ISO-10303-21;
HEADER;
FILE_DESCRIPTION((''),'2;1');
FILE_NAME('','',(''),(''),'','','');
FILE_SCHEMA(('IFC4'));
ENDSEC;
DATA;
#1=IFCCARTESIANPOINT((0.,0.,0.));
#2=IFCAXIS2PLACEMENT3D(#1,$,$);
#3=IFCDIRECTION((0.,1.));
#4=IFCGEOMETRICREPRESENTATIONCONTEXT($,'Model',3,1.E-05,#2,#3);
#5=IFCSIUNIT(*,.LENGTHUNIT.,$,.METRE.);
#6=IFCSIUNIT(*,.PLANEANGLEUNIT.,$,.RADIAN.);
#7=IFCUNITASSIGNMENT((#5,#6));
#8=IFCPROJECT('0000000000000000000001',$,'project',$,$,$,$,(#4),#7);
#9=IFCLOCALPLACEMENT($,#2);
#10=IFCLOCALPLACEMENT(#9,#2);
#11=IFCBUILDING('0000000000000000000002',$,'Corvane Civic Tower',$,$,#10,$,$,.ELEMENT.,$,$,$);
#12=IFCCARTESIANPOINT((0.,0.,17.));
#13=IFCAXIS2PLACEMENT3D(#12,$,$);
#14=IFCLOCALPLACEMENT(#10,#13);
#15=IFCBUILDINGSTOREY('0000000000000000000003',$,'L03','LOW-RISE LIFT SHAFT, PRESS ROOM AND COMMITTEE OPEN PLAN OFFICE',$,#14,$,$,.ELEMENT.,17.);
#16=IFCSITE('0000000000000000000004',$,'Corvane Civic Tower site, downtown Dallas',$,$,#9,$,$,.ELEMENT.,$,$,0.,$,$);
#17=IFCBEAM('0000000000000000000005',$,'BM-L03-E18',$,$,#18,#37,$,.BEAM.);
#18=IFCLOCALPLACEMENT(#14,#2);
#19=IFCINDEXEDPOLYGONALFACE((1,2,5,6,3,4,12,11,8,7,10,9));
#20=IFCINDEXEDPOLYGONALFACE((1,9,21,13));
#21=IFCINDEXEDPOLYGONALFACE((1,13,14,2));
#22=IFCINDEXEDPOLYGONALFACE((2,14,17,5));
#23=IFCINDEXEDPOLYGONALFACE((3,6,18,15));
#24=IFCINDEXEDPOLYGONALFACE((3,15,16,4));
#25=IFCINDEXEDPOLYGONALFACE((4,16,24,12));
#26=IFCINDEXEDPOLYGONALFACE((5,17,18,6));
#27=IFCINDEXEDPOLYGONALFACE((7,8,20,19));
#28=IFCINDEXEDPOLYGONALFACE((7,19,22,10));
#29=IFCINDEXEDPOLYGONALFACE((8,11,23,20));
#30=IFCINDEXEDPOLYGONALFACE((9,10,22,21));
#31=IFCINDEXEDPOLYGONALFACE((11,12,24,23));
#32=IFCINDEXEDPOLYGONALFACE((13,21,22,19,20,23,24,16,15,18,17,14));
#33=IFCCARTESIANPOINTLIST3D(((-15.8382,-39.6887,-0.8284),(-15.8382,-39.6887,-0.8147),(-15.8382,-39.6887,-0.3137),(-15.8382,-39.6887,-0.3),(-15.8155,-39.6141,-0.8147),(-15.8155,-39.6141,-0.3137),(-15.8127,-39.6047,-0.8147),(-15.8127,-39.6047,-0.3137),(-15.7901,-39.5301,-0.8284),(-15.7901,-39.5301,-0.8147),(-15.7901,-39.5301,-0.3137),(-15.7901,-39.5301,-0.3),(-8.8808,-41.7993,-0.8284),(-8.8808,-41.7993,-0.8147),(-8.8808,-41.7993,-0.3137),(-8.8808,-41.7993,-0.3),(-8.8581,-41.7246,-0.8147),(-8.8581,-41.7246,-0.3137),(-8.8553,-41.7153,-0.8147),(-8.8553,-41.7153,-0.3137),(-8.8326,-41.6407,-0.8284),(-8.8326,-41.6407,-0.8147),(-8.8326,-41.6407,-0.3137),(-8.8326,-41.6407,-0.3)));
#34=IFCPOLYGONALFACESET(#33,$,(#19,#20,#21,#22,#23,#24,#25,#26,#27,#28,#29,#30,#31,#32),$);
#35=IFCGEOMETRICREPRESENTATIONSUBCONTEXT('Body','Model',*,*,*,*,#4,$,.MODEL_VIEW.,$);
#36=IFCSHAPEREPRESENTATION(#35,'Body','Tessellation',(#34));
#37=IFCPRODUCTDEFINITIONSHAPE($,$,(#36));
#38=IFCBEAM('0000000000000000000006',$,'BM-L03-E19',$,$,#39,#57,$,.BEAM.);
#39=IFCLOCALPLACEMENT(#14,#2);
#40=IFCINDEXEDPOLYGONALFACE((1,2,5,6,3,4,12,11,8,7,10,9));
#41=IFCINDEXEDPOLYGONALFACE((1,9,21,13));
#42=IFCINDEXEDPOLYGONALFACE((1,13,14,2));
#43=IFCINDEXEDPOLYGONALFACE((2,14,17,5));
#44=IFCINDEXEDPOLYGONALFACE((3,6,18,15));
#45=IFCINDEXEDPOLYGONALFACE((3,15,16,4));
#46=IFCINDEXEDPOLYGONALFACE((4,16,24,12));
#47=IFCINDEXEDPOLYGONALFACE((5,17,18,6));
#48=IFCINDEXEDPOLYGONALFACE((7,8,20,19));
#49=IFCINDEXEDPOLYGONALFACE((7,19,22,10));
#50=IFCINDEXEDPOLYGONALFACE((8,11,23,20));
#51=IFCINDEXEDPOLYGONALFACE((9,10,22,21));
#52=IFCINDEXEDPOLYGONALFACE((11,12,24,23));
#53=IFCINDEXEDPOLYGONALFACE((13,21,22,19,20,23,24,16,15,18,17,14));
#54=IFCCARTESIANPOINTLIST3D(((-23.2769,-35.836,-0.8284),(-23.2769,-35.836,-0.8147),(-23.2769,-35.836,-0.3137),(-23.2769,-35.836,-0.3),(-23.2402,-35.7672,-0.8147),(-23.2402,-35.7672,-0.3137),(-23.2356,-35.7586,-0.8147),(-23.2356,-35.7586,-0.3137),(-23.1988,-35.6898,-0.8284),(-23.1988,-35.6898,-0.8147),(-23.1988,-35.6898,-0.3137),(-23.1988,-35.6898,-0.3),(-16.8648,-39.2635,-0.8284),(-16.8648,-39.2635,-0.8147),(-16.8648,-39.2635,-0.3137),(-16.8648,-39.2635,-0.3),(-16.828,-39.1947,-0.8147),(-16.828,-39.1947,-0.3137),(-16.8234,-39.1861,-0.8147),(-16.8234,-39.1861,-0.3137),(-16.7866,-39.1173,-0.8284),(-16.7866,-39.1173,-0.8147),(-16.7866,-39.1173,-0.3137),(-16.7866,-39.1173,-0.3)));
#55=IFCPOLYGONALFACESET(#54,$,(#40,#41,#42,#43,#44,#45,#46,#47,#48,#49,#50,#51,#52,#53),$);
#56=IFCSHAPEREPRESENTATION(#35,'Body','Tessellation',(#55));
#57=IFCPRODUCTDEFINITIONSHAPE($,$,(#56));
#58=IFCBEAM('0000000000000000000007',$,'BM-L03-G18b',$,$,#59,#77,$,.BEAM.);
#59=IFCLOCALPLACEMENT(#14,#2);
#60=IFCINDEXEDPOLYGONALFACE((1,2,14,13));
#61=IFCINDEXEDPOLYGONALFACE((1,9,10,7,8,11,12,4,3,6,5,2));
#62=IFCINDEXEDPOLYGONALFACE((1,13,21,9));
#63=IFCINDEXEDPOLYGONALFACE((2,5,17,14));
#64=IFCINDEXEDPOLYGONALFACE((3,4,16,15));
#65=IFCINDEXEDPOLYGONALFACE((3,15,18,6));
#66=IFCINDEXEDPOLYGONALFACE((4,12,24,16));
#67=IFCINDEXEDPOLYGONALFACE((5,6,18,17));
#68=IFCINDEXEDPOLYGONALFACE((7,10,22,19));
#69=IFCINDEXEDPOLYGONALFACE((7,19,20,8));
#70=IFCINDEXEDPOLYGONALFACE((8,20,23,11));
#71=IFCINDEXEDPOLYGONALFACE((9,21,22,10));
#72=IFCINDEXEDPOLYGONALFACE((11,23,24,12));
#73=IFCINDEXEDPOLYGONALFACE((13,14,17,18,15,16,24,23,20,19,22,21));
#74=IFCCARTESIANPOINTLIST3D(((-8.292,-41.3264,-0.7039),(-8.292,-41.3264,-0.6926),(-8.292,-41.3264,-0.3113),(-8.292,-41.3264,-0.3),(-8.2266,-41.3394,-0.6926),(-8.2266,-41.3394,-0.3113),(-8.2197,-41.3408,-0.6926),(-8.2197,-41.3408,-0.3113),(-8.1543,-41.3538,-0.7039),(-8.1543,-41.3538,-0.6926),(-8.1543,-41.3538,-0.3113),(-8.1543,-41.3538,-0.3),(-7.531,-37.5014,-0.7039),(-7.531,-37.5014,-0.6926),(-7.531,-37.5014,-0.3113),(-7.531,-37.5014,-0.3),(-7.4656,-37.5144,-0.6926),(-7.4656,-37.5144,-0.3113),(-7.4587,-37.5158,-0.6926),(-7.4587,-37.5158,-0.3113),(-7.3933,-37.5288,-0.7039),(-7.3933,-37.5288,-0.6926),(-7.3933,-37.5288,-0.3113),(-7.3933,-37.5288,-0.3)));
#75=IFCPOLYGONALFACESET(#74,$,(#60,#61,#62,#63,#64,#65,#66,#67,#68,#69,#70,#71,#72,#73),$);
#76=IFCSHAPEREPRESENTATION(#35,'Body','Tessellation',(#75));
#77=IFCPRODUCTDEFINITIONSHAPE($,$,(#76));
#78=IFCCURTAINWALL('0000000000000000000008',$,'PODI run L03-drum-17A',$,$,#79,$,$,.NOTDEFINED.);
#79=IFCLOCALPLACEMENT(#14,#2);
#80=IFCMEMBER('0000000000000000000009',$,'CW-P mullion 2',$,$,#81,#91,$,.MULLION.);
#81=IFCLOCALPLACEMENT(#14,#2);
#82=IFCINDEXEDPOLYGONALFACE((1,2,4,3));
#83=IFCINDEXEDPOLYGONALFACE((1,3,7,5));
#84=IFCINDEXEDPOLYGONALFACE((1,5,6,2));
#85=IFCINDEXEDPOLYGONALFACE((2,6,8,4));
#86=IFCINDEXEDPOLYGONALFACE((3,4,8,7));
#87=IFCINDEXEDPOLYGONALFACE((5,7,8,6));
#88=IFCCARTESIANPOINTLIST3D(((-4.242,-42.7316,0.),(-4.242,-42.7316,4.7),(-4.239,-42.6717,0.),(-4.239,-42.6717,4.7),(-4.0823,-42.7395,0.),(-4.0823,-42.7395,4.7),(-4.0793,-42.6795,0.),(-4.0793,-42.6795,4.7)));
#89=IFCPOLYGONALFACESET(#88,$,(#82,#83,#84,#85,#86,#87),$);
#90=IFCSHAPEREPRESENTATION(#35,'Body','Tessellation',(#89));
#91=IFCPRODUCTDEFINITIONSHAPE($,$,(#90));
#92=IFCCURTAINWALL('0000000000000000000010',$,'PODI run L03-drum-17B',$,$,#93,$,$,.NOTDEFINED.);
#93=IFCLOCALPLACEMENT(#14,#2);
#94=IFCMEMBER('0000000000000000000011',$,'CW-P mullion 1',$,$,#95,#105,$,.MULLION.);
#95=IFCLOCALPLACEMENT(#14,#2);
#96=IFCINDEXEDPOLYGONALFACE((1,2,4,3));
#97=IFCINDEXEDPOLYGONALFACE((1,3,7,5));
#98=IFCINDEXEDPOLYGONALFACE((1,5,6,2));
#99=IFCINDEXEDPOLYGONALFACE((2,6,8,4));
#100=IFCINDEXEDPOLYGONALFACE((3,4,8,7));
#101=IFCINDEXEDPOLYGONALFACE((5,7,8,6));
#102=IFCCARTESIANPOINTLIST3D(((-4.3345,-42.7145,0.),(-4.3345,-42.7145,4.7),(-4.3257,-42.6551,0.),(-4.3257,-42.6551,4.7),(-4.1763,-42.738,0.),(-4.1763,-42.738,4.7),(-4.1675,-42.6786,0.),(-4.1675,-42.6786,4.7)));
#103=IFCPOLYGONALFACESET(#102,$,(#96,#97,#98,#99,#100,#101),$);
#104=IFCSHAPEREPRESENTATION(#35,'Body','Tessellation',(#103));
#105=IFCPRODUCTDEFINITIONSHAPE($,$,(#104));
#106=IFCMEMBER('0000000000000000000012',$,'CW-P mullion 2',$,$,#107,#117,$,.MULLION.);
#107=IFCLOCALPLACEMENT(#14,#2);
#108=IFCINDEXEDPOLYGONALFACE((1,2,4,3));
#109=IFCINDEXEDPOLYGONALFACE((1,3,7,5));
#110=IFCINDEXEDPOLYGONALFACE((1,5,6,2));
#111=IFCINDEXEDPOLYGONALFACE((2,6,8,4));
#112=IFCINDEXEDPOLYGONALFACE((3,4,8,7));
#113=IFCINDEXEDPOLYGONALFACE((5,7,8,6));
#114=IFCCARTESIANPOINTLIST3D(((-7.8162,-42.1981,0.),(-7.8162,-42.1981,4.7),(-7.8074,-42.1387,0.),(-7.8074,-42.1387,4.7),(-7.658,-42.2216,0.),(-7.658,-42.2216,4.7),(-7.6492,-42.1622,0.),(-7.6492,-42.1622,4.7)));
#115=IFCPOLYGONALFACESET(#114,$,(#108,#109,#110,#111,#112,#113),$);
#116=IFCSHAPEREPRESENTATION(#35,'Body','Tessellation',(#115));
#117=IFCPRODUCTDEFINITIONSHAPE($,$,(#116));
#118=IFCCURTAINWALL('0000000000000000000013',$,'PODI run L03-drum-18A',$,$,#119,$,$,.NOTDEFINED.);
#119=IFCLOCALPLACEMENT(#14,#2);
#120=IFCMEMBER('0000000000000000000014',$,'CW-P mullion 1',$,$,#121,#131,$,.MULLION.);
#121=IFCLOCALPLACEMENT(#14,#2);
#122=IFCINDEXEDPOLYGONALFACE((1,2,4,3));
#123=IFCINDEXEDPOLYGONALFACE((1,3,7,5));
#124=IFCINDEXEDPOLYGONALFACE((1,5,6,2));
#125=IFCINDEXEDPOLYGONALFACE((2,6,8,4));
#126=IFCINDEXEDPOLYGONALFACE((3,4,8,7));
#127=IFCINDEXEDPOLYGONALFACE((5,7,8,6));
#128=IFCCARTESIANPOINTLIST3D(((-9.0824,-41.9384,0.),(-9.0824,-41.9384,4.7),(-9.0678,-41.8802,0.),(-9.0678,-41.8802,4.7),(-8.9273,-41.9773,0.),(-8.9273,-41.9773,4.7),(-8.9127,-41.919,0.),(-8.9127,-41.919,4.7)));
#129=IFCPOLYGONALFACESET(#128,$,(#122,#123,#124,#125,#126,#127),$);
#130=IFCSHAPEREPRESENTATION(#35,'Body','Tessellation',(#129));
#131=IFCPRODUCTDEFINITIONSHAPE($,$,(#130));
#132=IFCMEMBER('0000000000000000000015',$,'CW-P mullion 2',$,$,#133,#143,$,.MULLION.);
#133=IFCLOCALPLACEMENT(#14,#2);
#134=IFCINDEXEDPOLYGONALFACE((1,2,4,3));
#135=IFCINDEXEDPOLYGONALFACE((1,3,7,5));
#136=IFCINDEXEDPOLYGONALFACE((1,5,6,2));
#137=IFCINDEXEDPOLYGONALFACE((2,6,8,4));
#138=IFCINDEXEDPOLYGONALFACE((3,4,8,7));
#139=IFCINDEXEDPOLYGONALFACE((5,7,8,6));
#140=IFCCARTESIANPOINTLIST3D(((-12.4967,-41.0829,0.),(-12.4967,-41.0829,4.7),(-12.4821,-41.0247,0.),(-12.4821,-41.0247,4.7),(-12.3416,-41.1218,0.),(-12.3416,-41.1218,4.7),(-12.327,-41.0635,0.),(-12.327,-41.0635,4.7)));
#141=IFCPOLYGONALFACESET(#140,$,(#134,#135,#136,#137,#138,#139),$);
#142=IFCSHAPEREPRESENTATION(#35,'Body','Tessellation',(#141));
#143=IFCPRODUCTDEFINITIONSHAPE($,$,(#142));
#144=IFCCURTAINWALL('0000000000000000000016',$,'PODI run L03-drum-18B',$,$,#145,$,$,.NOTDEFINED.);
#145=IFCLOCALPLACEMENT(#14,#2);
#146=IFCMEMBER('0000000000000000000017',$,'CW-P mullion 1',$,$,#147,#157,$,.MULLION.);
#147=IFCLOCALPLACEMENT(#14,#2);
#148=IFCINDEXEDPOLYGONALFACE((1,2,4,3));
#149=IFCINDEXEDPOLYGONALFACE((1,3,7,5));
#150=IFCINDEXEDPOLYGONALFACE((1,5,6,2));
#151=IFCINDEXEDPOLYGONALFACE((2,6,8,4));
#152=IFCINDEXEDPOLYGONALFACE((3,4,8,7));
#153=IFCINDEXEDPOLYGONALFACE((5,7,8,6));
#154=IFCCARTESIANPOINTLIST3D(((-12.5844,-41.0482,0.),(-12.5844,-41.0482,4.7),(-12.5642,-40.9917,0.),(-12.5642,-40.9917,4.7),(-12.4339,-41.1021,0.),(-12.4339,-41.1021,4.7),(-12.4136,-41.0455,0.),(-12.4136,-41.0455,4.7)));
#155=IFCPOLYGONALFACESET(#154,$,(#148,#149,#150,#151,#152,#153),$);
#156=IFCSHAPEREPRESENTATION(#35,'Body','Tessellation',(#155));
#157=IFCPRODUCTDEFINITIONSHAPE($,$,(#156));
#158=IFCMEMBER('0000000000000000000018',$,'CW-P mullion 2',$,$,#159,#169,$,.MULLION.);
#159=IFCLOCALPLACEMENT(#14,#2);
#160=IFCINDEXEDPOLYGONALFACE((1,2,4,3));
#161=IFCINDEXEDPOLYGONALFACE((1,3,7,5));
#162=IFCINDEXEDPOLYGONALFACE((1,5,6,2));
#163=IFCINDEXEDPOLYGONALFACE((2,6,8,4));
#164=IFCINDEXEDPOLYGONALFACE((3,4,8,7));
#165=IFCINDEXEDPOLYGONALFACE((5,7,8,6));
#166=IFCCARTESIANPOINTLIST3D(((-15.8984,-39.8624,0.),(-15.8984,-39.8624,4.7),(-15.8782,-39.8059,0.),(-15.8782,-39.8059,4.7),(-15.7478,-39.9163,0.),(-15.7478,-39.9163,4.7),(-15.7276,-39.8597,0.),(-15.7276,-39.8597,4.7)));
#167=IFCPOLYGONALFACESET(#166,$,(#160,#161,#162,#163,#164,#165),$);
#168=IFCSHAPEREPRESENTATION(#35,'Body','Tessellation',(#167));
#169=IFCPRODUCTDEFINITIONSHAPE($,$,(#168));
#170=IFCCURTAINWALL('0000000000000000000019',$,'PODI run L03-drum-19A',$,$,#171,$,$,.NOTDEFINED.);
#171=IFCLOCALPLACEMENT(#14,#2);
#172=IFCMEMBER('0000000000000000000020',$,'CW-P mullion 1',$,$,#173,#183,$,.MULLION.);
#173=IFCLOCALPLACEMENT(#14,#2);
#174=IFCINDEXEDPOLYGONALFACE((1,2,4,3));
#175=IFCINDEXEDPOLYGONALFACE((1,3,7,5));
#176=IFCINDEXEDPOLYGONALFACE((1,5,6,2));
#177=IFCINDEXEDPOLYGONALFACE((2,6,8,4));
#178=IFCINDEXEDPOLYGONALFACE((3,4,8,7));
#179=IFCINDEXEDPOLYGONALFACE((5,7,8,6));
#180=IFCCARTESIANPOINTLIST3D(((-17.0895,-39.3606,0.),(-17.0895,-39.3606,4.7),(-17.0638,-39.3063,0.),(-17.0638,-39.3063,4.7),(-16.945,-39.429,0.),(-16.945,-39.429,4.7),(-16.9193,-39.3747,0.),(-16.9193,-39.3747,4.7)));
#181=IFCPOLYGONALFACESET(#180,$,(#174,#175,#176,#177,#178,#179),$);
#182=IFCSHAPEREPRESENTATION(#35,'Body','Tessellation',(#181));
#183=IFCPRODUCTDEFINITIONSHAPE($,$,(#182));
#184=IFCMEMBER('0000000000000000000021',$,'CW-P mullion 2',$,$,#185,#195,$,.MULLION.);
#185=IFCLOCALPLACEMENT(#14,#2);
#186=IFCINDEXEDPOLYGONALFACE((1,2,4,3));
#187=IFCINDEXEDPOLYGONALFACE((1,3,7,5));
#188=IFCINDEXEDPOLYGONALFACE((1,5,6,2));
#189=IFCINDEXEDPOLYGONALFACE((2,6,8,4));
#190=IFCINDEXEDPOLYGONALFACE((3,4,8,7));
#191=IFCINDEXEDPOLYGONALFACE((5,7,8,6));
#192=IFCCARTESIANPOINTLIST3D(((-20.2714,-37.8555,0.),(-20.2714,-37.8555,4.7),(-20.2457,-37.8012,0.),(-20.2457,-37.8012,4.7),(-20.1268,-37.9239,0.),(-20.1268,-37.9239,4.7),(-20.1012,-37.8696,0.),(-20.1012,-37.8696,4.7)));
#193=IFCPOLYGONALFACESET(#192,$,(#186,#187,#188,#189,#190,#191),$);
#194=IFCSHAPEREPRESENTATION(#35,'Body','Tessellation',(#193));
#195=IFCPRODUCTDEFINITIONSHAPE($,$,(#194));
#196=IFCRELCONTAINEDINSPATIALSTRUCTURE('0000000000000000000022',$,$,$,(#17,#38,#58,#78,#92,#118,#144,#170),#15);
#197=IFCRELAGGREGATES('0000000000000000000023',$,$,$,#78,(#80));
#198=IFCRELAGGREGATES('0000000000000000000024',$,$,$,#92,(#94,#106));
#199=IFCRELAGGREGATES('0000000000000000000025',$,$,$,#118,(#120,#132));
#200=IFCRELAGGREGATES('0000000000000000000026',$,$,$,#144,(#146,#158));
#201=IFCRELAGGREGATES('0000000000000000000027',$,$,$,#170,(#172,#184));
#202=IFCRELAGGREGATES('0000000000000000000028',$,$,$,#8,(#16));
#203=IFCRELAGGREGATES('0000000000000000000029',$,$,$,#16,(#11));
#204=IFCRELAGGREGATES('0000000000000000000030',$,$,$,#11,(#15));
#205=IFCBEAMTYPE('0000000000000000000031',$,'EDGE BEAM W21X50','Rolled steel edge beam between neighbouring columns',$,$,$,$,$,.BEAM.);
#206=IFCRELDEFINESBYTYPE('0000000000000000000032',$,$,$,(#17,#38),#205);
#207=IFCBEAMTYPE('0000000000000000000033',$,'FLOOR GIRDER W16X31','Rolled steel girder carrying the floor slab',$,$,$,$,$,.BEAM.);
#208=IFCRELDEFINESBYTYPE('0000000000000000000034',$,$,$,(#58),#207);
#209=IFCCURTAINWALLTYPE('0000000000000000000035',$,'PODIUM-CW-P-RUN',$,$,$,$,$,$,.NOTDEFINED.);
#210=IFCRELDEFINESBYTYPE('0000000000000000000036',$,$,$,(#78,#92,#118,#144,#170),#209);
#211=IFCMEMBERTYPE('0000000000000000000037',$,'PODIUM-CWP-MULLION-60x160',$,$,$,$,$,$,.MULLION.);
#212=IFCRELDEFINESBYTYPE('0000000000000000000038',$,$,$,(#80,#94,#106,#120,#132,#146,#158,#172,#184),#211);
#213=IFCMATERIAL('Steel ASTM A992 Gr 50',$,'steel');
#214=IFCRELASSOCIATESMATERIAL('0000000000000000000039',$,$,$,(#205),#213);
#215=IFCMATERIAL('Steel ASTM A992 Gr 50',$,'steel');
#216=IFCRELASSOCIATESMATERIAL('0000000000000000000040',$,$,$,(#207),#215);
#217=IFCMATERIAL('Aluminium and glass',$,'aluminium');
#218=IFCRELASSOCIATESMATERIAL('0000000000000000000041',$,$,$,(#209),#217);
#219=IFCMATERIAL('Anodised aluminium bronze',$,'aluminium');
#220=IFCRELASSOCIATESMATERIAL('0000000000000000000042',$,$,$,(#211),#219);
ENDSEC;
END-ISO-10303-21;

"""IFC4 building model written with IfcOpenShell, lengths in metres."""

from ifc_helpers import new_model, si_unit, direction, frame, origin, origin_2d, place, context, subcontext, project, spatial, rectangle, i_section, extrude, material, material_profile, profile_set, type_object, element, aggregate, save


model = new_model("IFC4")

# Units and contexts
model_context = context("Model", 3, precision=1e-05, world=origin(), true_north=direction((0.0, 1.0)))
body_context = subcontext(model_context, "Body", "Model", "MODEL_VIEW")
ifc_project = project(units=[si_unit("LENGTHUNIT", "METRE"), si_unit("PLANEANGLEUNIT", "RADIAN")], contexts=[model_context])

# Site, building, storey
site_placement = place(None, origin())
site = spatial("IfcSite", under=ifc_project, at=site_placement, Name="Corvane Civic Tower site, downtown Dallas", CompositionType="ELEMENT", RefElevation=0.0)
building_placement = place(site_placement, origin())
building = spatial("IfcBuilding", under=site, at=building_placement, Name="Corvane Civic Tower", CompositionType="ELEMENT")
storey_placement = place(building_placement, frame((0.0, 0.0, 17.0)))
storey = spatial("IfcBuildingStorey", under=building, at=storey_placement, Name="L03", Description="LOW-RISE LIFT SHAFT, PRESS ROOM AND COMMITTEE OPEN PLAN OFFICE", CompositionType="ELEMENT", Elevation=17.0)

# Beams
ifc_material_1 = material(Name="Steel ASTM A992 Gr 50", Category="steel")
ifc_material_profile_1 = material_profile(ifc_material_1, i_section(OverallWidth=0.1658, OverallDepth=0.5283, WebThickness=0.0098, FlangeThickness=0.0137, at=origin_2d()), Name="W21X50")
ifc_profile_set_1 = profile_set([ifc_material_profile_1], Name="Steel ASTM A992 Gr 50")
beam_type_1 = type_object("IfcBeamType", Name="EDGE BEAM W21X50", Description="Rolled steel edge beam between neighbouring columns", PredefinedType="BEAM", material=ifc_profile_set_1)
beam_1_placement = place(storey_placement, frame((-8.8567, -41.72, -0.5642), z_axis=(-0.956938, 0.290292, 0.0), x_axis=(-0.290292, -0.956938, 0.0)))
element("IfcBeam", 1, at=beam_1_placement, inside=storey, type_object=beam_type_1, Name="BM-L03-E18", PredefinedType="BEAM", context=body_context, shape_type="SweptSolid", body=[
    extrude(i_section(OverallWidth=0.1658, OverallDepth=0.5283, WebThickness=0.0098, FlangeThickness=0.0137, at=origin_2d()), origin(), (0.0, 0.0, 1.0), 7.2705),
])
beam_2_placement = place(storey_placement, frame((-16.8257, -39.1904, -0.5642), z_axis=(-0.881913, 0.471412, 0.0), x_axis=(-0.471412, -0.881913, 0.0)))
element("IfcBeam", 2, at=beam_2_placement, inside=storey, type_object=beam_type_1, Name="BM-L03-E19", PredefinedType="BEAM", context=body_context, shape_type="SweptSolid", body=[
    extrude(i_section(OverallWidth=0.1658, OverallDepth=0.5283, WebThickness=0.0098, FlangeThickness=0.0137, at=origin_2d()), origin(), (0.0, 0.0, 1.0), 7.2708),
])
ifc_material_2 = material(Name="Steel ASTM A992 Gr 50", Category="steel")
ifc_material_profile_2 = material_profile(ifc_material_2, i_section(OverallWidth=0.1404, OverallDepth=0.4038, WebThickness=0.0071, FlangeThickness=0.0112, at=origin_2d()), Name="W16X31")
ifc_profile_set_2 = profile_set([ifc_material_profile_2], Name="Steel ASTM A992 Gr 50")
beam_type_2 = type_object("IfcBeamType", Name="FLOOR GIRDER W16X31", Description="Rolled steel girder carrying the floor slab", PredefinedType="BEAM", material=ifc_profile_set_2)
beam_3_placement = place(storey_placement, frame((-7.4622, -37.5151, -0.502), z_axis=(-0.195129, -0.980778, 0.0), x_axis=(0.980778, -0.195129, 0.0)))
element("IfcBeam", 3, at=beam_3_placement, inside=storey, type_object=beam_type_2, Name="BM-L03-G18b", PredefinedType="BEAM", context=body_context, shape_type="SweptSolid", body=[
    extrude(i_section(OverallWidth=0.1404, OverallDepth=0.4038, WebThickness=0.0071, FlangeThickness=0.0112, at=origin_2d()), origin(), (0.0, 0.0, 1.0), 3.8999),
])

# Curtain wall, member
ifc_material_3 = material(Name="Aluminium and glass", Category="aluminium")
curtain_wall_type = type_object("IfcCurtainWallType", Name="PODIUM-CW-P-RUN", PredefinedType="NOTDEFINED", material=ifc_material_3)
curtain_wall_1_placement = place(storey_placement, origin())
curtain_wall_1 = element("IfcCurtainWall", 4, at=curtain_wall_1_placement, inside=storey, type_object=curtain_wall_type, Name="PODI run L03-drum-17A", PredefinedType="NOTDEFINED")
ifc_material_4 = material(Name="Anodised aluminium bronze", Category="aluminium")
ifc_material_profile_3 = material_profile(ifc_material_4, rectangle(XDim=0.0601, YDim=0.1599, at=origin_2d()), Name="AL 60x160")
ifc_profile_set_3 = profile_set([ifc_material_profile_3], Name="Anodised aluminium bronze")
member_type_1 = type_object("IfcMemberType", Name="PODIUM-CWP-MULLION-60x160", PredefinedType="MULLION", material=ifc_profile_set_3)
member_1_placement = place(storey_placement, frame((-4.1606, -42.7056, 0.0), z_axis=(0.0, 0.0, 1.0), x_axis=(-0.04905, -0.998796, 0.0)))
member_1 = element("IfcMember", 5, at=member_1_placement, type_object=member_type_1, Name="CW-P mullion 2", PredefinedType="MULLION", context=body_context, shape_type="SweptSolid", body=[
    extrude(rectangle(XDim=0.0601, YDim=0.1599, at=origin_2d()), origin(), (0.0, 0.0, 1.0), 4.7),
])

# Curtain walls, members
curtain_wall_2_placement = place(storey_placement, origin())
curtain_wall_2 = element("IfcCurtainWall", 6, at=curtain_wall_2_placement, inside=storey, type_object=curtain_wall_type, Name="PODI run L03-drum-17B", PredefinedType="NOTDEFINED")
member_2_placement = place(storey_placement, frame((-4.251, -42.6965, 0.0), z_axis=(0.0, 0.0, 1.0), x_axis=(-0.146715, -0.989179, 0.0)))
member_2 = element("IfcMember", 7, at=member_2_placement, type_object=member_type_1, Name="CW-P mullion 1", PredefinedType="MULLION", context=body_context, shape_type="SweptSolid", body=[
    extrude(rectangle(XDim=0.0601, YDim=0.1599, at=origin_2d()), origin(), (0.0, 0.0, 1.0), 4.7),
])
member_3_placement = place(storey_placement, frame((-7.7327, -42.1802, 0.0), z_axis=(0.0, 0.0, 1.0), x_axis=(-0.146715, -0.989179, 0.0)))
member_3 = element("IfcMember", 8, at=member_3_placement, type_object=member_type_1, Name="CW-P mullion 2", PredefinedType="MULLION", context=body_context, shape_type="SweptSolid", body=[
    extrude(rectangle(XDim=0.0601, YDim=0.1599, at=origin_2d()), origin(), (0.0, 0.0, 1.0), 4.7),
])
curtain_wall_3_placement = place(storey_placement, origin())
curtain_wall_3 = element("IfcCurtainWall", 9, at=curtain_wall_3_placement, inside=storey, type_object=curtain_wall_type, Name="PODI run L03-drum-18A", PredefinedType="NOTDEFINED")
member_4_placement = place(storey_placement, frame((-8.9976, -41.9287, 0.0), z_axis=(0.0, 0.0, 1.0), x_axis=(-0.243009, -0.970024, 0.0)))
member_4 = element("IfcMember", 10, at=member_4_placement, type_object=member_type_1, Name="CW-P mullion 1", PredefinedType="MULLION", context=body_context, shape_type="SweptSolid", body=[
    extrude(rectangle(XDim=0.0601, YDim=0.1599, at=origin_2d()), origin(), (0.0, 0.0, 1.0), 4.7),
])
member_5_placement = place(storey_placement, frame((-12.4119, -41.0732, 0.0), z_axis=(0.0, 0.0, 1.0), x_axis=(-0.243009, -0.970024, 0.0)))
member_5 = element("IfcMember", 11, at=member_5_placement, type_object=member_type_1, Name="CW-P mullion 2", PredefinedType="MULLION", context=body_context, shape_type="SweptSolid", body=[
    extrude(rectangle(XDim=0.0601, YDim=0.1599, at=origin_2d()), origin(), (0.0, 0.0, 1.0), 4.7),
])
curtain_wall_4_placement = place(storey_placement, origin())
curtain_wall_4 = element("IfcCurtainWall", 12, at=curtain_wall_4_placement, inside=storey, type_object=curtain_wall_type, Name="PODI run L03-drum-18B", PredefinedType="NOTDEFINED")
member_6_placement = place(storey_placement, frame((-12.499, -41.0469, 0.0), z_axis=(0.0, 0.0, 1.0), x_axis=(-0.336919, -0.941534, 0.0)))
member_6 = element("IfcMember", 13, at=member_6_placement, type_object=member_type_1, Name="CW-P mullion 1", PredefinedType="MULLION", context=body_context, shape_type="SweptSolid", body=[
    extrude(rectangle(XDim=0.0601, YDim=0.1599, at=origin_2d()), origin(), (0.0, 0.0, 1.0), 4.7),
])
member_7_placement = place(storey_placement, frame((-15.813, -39.8611, 0.0), z_axis=(0.0, 0.0, 1.0), x_axis=(-0.336919, -0.941534, 0.0)))
member_7 = element("IfcMember", 14, at=member_7_placement, type_object=member_type_1, Name="CW-P mullion 2", PredefinedType="MULLION", context=body_context, shape_type="SweptSolid", body=[
    extrude(rectangle(XDim=0.0601, YDim=0.1599, at=origin_2d()), origin(), (0.0, 0.0, 1.0), 4.7),
])
curtain_wall_5_placement = place(storey_placement, origin())
curtain_wall_5 = element("IfcCurtainWall", 15, at=curtain_wall_5_placement, inside=storey, type_object=curtain_wall_type, Name="PODI run L03-drum-19A", PredefinedType="NOTDEFINED")
member_8_placement = place(storey_placement, frame((-17.0044, -39.3677, 0.0), z_axis=(0.0, 0.0, 1.0), x_axis=(-0.427553, -0.90399, 0.0)))
member_8 = element("IfcMember", 16, at=member_8_placement, type_object=member_type_1, Name="CW-P mullion 1", PredefinedType="MULLION", context=body_context, shape_type="SweptSolid", body=[
    extrude(rectangle(XDim=0.0601, YDim=0.1599, at=origin_2d()), origin(), (0.0, 0.0, 1.0), 4.7),
])
member_9_placement = place(storey_placement, frame((-20.1863, -37.8625, 0.0), z_axis=(0.0, 0.0, 1.0), x_axis=(-0.427553, -0.90399, 0.0)))
member_9 = element("IfcMember", 17, at=member_9_placement, type_object=member_type_1, Name="CW-P mullion 2", PredefinedType="MULLION", context=body_context, shape_type="SweptSolid", body=[
    extrude(rectangle(XDim=0.0601, YDim=0.1599, at=origin_2d()), origin(), (0.0, 0.0, 1.0), 4.7),
])

aggregate(curtain_wall_1, [member_1])
aggregate(curtain_wall_2, [member_2, member_3])
aggregate(curtain_wall_3, [member_4, member_5])
aggregate(curtain_wall_4, [member_6, member_7])
aggregate(curtain_wall_5, [member_8, member_9])

save(model, "model.ifc")
